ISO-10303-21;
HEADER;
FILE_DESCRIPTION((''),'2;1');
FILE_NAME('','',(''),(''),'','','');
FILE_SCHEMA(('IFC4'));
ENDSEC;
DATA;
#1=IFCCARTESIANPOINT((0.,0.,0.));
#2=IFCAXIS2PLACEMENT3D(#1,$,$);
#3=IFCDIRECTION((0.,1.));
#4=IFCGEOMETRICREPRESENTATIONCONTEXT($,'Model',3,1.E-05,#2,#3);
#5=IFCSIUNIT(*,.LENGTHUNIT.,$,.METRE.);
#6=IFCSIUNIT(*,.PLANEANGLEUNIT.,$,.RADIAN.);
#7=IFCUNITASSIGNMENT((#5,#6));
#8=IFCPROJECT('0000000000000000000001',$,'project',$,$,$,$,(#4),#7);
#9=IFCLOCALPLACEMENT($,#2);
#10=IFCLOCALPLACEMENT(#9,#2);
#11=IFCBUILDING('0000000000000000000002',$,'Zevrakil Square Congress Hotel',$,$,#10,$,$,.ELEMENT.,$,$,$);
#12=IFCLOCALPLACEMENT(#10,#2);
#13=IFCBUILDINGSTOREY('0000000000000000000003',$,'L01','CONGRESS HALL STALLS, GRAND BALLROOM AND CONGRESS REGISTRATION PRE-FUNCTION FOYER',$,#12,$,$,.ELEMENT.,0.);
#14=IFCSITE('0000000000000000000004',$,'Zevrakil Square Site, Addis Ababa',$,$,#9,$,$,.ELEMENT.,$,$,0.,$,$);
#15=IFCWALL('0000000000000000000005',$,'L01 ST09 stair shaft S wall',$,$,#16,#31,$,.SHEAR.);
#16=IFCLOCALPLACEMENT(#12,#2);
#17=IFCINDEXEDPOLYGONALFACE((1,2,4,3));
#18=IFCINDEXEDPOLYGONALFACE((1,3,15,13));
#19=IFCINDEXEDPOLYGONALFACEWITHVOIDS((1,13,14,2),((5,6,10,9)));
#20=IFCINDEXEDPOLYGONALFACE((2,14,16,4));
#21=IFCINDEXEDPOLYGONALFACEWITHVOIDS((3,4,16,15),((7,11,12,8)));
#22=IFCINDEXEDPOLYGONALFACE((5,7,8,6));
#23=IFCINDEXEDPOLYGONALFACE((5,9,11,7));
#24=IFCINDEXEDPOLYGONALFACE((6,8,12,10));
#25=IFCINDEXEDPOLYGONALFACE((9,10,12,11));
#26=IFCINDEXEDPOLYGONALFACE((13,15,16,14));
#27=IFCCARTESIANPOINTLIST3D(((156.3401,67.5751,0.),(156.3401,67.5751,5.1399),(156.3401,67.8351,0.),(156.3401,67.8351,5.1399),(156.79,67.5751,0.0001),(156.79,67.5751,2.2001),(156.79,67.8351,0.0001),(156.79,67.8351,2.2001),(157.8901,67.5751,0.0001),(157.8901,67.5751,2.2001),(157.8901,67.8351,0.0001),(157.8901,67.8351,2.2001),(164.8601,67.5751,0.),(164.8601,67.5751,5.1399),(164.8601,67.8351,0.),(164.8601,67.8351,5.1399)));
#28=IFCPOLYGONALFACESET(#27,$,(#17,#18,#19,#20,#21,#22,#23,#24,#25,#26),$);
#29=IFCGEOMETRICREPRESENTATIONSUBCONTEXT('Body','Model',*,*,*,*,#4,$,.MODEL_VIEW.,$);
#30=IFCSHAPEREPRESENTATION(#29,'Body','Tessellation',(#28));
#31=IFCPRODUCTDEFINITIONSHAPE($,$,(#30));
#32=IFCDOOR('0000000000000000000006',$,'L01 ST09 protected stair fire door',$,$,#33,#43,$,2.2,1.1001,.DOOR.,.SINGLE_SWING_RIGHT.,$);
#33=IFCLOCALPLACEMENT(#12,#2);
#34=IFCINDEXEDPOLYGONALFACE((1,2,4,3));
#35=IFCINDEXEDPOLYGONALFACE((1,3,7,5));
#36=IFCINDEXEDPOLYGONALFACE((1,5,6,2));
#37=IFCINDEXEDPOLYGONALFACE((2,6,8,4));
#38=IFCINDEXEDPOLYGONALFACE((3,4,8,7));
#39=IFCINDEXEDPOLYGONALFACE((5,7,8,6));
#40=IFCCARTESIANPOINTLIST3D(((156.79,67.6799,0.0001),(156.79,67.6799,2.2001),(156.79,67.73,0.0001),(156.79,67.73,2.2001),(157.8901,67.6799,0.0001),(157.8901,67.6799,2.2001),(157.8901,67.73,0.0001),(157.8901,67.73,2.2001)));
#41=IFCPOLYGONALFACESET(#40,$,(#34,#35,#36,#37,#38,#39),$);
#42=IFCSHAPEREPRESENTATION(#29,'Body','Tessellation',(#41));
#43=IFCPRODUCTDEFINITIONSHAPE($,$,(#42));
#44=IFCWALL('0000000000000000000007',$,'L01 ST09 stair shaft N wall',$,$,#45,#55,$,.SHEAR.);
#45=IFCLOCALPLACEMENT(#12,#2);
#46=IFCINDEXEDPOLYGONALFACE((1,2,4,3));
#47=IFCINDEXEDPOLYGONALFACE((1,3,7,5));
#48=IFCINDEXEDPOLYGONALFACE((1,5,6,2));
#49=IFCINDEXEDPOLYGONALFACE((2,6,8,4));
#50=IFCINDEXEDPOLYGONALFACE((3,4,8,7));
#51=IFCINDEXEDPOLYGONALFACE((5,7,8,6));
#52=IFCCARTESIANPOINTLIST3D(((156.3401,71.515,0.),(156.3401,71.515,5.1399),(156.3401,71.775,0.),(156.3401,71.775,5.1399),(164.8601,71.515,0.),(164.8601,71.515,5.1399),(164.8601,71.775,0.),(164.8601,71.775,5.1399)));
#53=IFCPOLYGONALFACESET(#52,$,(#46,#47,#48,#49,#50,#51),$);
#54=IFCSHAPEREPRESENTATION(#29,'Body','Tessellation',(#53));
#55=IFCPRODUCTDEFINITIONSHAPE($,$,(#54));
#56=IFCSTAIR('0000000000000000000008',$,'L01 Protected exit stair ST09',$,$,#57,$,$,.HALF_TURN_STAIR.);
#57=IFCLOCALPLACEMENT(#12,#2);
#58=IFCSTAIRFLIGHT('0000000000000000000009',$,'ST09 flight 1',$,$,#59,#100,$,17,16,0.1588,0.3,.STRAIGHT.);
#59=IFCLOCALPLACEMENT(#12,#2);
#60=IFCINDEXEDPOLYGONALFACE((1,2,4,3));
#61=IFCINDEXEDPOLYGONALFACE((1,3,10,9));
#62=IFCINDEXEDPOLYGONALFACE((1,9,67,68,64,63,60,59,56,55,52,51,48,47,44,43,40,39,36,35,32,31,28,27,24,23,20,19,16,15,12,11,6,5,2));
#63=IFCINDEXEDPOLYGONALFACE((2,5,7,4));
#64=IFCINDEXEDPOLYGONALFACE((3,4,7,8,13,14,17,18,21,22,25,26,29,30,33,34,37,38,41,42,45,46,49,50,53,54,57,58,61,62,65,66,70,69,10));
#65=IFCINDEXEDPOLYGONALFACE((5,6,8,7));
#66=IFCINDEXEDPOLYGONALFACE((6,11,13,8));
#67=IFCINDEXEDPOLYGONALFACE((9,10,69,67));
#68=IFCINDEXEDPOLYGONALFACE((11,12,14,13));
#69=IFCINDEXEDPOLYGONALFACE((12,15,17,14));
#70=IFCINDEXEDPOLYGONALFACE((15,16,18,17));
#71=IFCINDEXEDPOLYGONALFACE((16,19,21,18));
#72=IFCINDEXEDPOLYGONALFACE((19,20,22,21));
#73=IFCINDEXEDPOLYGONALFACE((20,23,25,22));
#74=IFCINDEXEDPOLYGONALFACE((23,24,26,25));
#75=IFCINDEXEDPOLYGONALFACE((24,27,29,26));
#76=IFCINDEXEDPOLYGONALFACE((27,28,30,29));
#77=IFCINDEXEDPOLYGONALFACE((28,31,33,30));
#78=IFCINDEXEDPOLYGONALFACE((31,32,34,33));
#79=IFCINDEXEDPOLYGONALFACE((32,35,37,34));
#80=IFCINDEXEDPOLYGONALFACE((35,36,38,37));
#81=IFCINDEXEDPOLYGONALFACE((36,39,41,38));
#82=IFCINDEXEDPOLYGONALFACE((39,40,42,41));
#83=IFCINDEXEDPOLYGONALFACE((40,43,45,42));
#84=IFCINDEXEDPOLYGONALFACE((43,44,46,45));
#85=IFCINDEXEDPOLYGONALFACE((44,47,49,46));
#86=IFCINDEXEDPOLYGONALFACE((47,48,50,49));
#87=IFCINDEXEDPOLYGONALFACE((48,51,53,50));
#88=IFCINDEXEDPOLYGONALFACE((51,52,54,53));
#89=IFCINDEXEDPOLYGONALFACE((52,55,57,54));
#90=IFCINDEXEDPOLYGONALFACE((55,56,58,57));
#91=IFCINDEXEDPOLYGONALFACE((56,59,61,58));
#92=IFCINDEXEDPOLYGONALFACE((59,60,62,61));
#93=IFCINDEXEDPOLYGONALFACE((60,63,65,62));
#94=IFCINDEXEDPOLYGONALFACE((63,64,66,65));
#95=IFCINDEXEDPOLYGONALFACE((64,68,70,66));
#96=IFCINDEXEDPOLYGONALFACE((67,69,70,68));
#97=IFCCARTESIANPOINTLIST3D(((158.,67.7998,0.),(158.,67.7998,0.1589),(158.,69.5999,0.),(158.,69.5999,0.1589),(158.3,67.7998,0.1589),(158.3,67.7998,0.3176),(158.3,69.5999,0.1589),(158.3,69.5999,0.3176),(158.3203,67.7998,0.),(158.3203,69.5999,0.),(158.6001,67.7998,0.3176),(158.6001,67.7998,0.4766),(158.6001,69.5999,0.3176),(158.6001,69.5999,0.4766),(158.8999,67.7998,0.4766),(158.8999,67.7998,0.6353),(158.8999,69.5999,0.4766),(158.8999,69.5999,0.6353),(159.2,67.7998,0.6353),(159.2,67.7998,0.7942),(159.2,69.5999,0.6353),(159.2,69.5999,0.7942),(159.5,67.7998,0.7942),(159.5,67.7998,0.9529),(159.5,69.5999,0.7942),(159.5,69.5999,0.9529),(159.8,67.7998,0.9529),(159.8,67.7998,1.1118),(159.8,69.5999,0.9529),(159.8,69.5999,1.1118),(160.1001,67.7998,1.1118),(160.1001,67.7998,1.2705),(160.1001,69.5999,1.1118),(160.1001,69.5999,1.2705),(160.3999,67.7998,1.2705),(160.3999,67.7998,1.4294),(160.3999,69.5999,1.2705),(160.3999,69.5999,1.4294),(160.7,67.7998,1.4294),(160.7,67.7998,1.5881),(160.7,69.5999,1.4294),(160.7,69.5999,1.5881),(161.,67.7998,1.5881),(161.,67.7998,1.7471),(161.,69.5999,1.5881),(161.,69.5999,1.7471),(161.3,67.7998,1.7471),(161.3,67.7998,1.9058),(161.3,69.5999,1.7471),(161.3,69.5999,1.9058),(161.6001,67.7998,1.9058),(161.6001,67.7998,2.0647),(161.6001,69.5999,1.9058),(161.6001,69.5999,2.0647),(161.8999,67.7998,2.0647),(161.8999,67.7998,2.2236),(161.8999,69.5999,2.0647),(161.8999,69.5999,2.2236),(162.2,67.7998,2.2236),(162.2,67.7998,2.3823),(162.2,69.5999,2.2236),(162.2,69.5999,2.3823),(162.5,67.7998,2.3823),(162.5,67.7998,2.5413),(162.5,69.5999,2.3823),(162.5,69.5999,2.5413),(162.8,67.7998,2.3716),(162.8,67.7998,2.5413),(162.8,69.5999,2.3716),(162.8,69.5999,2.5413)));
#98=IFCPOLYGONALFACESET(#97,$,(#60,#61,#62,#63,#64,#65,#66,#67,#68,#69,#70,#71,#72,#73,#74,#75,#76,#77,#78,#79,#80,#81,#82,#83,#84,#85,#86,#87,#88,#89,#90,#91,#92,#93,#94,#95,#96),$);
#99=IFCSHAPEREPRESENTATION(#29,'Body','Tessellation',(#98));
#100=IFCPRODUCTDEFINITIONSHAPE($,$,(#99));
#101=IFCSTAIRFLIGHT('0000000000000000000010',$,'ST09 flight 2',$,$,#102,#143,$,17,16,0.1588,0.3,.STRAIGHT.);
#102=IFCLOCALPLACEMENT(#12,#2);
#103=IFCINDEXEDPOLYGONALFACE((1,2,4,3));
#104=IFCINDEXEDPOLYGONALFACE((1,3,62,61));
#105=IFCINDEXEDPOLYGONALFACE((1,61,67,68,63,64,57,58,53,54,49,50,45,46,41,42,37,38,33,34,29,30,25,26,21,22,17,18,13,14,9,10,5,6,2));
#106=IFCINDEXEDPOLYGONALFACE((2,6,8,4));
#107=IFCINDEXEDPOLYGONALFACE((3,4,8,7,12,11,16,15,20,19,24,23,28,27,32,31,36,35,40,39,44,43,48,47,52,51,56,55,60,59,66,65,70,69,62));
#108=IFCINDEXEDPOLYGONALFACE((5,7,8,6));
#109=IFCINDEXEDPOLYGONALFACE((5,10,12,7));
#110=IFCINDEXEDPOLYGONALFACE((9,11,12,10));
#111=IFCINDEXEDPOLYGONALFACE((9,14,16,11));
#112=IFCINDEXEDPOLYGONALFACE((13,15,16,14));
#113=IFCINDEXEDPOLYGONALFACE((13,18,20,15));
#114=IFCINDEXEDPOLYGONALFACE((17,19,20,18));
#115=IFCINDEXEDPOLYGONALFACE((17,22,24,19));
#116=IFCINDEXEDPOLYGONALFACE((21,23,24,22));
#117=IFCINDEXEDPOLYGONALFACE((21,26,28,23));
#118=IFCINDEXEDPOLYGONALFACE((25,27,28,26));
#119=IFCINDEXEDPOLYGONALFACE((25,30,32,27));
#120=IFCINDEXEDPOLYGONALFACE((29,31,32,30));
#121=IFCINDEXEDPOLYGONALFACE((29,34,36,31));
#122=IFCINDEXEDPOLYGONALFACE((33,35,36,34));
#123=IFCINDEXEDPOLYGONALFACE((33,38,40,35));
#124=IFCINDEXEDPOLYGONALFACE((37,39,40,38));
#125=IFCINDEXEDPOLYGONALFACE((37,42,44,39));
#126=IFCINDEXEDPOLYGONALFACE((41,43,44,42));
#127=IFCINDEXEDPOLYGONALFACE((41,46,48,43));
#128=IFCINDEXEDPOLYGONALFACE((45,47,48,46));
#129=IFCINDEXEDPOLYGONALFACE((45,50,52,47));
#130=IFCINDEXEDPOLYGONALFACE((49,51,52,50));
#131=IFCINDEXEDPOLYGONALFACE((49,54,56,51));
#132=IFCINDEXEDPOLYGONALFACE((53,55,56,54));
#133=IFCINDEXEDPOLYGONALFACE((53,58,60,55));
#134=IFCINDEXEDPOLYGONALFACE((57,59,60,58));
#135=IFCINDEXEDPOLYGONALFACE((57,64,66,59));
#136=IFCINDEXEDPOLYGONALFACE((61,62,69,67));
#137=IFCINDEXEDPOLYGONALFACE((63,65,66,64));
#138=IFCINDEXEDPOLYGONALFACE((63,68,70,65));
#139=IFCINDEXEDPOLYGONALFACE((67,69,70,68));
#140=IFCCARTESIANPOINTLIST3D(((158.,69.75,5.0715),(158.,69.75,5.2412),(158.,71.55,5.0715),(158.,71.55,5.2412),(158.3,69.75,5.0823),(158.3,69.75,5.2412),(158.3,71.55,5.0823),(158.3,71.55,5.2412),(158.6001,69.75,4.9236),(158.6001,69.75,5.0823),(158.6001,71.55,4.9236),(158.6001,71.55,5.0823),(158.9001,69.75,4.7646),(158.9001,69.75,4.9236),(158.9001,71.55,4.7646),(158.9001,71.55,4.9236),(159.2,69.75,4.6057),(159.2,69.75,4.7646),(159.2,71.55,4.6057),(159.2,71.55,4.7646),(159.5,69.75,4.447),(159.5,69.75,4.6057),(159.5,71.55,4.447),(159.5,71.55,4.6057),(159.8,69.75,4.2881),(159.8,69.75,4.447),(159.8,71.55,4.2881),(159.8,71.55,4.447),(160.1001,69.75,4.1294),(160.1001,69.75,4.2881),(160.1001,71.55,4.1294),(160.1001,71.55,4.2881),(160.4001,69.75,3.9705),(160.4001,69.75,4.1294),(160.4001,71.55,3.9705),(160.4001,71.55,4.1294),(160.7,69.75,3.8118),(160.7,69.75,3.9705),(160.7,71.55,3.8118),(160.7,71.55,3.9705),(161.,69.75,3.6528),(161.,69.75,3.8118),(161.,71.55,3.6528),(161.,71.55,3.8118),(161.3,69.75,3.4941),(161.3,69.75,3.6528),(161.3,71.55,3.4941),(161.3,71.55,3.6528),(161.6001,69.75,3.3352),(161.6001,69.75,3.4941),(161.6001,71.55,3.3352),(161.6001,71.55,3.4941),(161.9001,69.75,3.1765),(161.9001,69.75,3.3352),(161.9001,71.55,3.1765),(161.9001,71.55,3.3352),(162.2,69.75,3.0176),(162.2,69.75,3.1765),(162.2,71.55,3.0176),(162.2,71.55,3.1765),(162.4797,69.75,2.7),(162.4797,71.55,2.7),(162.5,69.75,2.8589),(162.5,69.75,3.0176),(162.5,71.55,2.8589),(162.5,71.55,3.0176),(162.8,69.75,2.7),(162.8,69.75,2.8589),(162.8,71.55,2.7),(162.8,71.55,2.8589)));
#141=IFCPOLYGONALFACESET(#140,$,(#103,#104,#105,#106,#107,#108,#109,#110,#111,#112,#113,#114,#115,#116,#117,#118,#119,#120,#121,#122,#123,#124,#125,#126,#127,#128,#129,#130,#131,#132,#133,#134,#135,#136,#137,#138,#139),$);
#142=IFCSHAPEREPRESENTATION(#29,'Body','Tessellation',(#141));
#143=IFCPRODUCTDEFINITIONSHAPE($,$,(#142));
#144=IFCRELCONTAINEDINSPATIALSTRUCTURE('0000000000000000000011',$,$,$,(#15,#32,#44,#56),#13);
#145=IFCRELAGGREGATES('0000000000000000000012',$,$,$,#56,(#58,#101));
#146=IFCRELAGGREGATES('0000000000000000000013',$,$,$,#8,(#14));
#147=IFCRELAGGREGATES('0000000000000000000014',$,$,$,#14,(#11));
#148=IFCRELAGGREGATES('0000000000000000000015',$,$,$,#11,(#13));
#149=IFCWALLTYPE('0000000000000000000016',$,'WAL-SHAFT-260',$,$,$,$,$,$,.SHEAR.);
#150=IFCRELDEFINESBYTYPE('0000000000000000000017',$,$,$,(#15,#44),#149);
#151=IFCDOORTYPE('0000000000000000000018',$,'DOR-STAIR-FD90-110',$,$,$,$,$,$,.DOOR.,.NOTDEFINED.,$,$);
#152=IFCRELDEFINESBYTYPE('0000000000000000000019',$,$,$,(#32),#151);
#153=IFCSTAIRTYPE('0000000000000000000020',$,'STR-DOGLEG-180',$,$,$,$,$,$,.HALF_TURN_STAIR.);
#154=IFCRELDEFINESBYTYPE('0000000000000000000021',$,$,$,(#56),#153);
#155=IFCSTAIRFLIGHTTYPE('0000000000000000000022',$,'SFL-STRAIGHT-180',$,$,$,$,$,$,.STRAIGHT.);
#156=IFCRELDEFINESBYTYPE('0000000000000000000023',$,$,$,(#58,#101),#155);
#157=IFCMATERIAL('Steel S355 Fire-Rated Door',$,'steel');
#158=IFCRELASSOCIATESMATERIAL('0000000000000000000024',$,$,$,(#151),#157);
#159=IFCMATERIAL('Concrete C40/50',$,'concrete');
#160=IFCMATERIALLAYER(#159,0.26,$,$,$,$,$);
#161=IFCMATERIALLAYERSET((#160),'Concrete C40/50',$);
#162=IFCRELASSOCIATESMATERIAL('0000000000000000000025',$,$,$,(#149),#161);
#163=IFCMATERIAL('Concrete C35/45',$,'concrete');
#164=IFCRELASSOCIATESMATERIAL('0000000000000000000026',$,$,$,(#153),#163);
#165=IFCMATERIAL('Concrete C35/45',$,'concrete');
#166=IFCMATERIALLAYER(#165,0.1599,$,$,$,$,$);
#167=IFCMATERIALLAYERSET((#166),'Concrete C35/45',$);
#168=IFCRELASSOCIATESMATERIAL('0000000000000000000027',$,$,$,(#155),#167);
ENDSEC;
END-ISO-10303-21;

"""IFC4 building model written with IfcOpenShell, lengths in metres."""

from ifc_helpers import new_model, si_unit, direction, frame, frame_2d, origin, place, context, subcontext, project, spatial, polyline, rectangle, outline, extrude, material, layer, layer_set, type_object, element, fill, aggregate, save


model = new_model("IFC4")

# Units and contexts
model_context = context("Model", 3, precision=1e-05, world=origin(), true_north=direction((0.0, 1.0)))
body_context = subcontext(model_context, "Body", "Model", "MODEL_VIEW")
ifc_project = project(units=[si_unit("LENGTHUNIT", "METRE"), si_unit("PLANEANGLEUNIT", "RADIAN")], contexts=[model_context])

# Site, building, storey
site_placement = place(None, origin())
site = spatial("IfcSite", under=ifc_project, at=site_placement, Name="Zevrakil Square Site, Addis Ababa", CompositionType="ELEMENT", RefElevation=0.0)
building_placement = place(site_placement, origin())
building = spatial("IfcBuilding", under=site, at=building_placement, Name="Zevrakil Square Congress Hotel", CompositionType="ELEMENT")
storey_placement = place(building_placement, origin())
storey = spatial("IfcBuildingStorey", under=building, at=storey_placement, Name="L01", Description="CONGRESS HALL STALLS, GRAND BALLROOM AND CONGRESS REGISTRATION PRE-FUNCTION FOYER", CompositionType="ELEMENT", Elevation=0.0)

# Shared definitions
ifc_material_1 = material(Name="Steel S355 Fire-Rated Door", Category="steel")
door_type_1 = type_object("IfcDoorType", Name="DOR-STAIR-FD90-110", OperationType="NOTDEFINED", PredefinedType="DOOR", material=ifc_material_1)

# Shared definitions
ifc_material_2 = material(Name="Concrete C40/50", Category="concrete")
ifc_layer_1 = layer(ifc_material_2, 0.26)
ifc_layer_set_1 = layer_set([ifc_layer_1], Name="Concrete C40/50")
wall_type_1 = type_object("IfcWallType", Name="WAL-SHAFT-260", PredefinedType="SHEAR", material=ifc_layer_set_1)

# Wall, opening, door
wall_1_placement = place(storey_placement, frame((156.3401, 67.7051, 0.0), z_axis=(0.0, 0.0, 1.0), x_axis=(1.0, 0.0, 0.0)))
wall_1 = element("IfcWall", 1, at=wall_1_placement, inside=storey, type_object=wall_type_1, Name="L01 ST09 stair shaft S wall", PredefinedType="SHEAR", context=body_context, shape_type="SweptSolid", body=[
    extrude(rectangle(XDim=8.52, YDim=0.26, at=frame_2d((4.26, 0.0))), origin(), (0.0, 0.0, 1.0), 5.1399),
])
opening_1_placement = place(wall_1_placement, frame((0.45, 0.0, 0.0)))
opening_1 = element("IfcOpeningElement", 2, at=opening_1_placement, cuts=wall_1, PredefinedType="OPENING", context=body_context, shape_type="SweptSolid", body=[
    extrude(rectangle(XDim=1.1001, YDim=2.2, at=frame_2d((0.55, 1.1001))), frame((0.0, 0.1401, 0.0), z_axis=(0.0, -1.0, 0.0), x_axis=(1.0, 0.0, 0.0)), (0.0, 0.0, 1.0), 0.28),
])
door_1_placement = place(opening_1_placement, origin())
door_1 = element("IfcDoor", 3, at=door_1_placement, inside=storey, type_object=door_type_1, Name="L01 ST09 protected stair fire door", OperationType="SINGLE_SWING_RIGHT", OverallHeight=2.2, OverallWidth=1.1001, PredefinedType="DOOR", context=body_context, shape_type="SweptSolid", body=[
    extrude(rectangle(XDim=1.1001, YDim=2.2, at=frame_2d((0.55, 1.1001))), frame((0.0, 0.0249, 0.0), z_axis=(0.0, -1.0, 0.0), x_axis=(1.0, 0.0, 0.0)), (0.0, 0.0, 1.0), 0.05),
])
fill(opening_1, door_1)

# Wall
wall_2_placement = place(storey_placement, frame((156.3401, 71.645, 0.0), z_axis=(0.0, 0.0, 1.0), x_axis=(1.0, 0.0, 0.0)))
element("IfcWall", 4, at=wall_2_placement, inside=storey, type_object=wall_type_1, Name="L01 ST09 stair shaft N wall", PredefinedType="SHEAR", context=body_context, shape_type="SweptSolid", body=[
    extrude(rectangle(XDim=8.52, YDim=0.26, at=frame_2d((4.26, 0.0))), origin(), (0.0, 0.0, 1.0), 5.1399),
])

# Stair, stair flights
ifc_material_3 = material(Name="Concrete C35/45", Category="concrete")
stair_type = type_object("IfcStairType", Name="STR-DOGLEG-180", PredefinedType="HALF_TURN_STAIR", material=ifc_material_3)
stair_placement = place(storey_placement, origin())
stair = element("IfcStair", 5, at=stair_placement, inside=storey, type_object=stair_type, Name="L01 Protected exit stair ST09", PredefinedType="HALF_TURN_STAIR")
ifc_material_4 = material(Name="Concrete C35/45", Category="concrete")
ifc_layer_2 = layer(ifc_material_4, 0.1599)
ifc_layer_set_2 = layer_set([ifc_layer_2], Name="Concrete C35/45")
stair_flight_type = type_object("IfcStairFlightType", Name="SFL-STRAIGHT-180", PredefinedType="STRAIGHT", material=ifc_layer_set_2)
stair_flight_1_placement = place(storey_placement, frame((158.0, 68.7, 0.0), z_axis=(0.0, 0.0, 1.0), x_axis=(1.0, 0.0, 0.0)))
stair_flight_1 = element("IfcStairFlight", 6, at=stair_flight_1_placement, type_object=stair_flight_type, Name="ST09 flight 1", NumberOfRisers=17, NumberOfTreads=16, PredefinedType="STRAIGHT", RiserHeight=0.1588, TreadLength=0.3, context=body_context, shape_type="SweptSolid", body=[
    extrude(outline(polyline([(0.0, 0.0), (0.0, 0.1589), (0.3, 0.1589), (0.3, 0.3176), (0.6001, 0.3176), (0.6001, 0.4766), (0.8999, 0.4766), (0.8999, 0.6353), (1.2, 0.6353), (1.2, 0.7942), (1.5, 0.7942), (1.5, 0.9529), (1.8, 0.9529), (1.8, 1.1118), (2.1001, 1.1118), (2.1001, 1.2705), (2.3999, 1.2705), (2.3999, 1.4294), (2.7, 1.4294), (2.7, 1.5881), (3.0, 1.5881), (3.0, 1.7471), (3.3, 1.7471), (3.3, 1.9058), (3.6001, 1.9058), (3.6001, 2.0647), (3.8999, 2.0647), (3.8999, 2.2236), (4.2, 2.2236), (4.2, 2.3823), (4.5, 2.3823), (4.5, 2.5413), (4.8, 2.5413), (4.8, 2.7), (4.8, 2.3716), (0.3203, 0.0), (0.0, 0.0)])), frame((0.0, 0.8999, 0.0), z_axis=(0.0, -1.0, 0.0), x_axis=(1.0, 0.0, 0.0)), (0.0, 0.0, 1.0), 1.8),
])
stair_flight_2_placement = place(storey_placement, frame((162.8, 70.6499, 2.7), z_axis=(0.0, 0.0, 1.0), x_axis=(-1.0, 0.0, 0.0)))
stair_flight_2 = element("IfcStairFlight", 7, at=stair_flight_2_placement, type_object=stair_flight_type, Name="ST09 flight 2", NumberOfRisers=17, NumberOfTreads=16, PredefinedType="STRAIGHT", RiserHeight=0.1588, TreadLength=0.3, context=body_context, shape_type="SweptSolid", body=[
    extrude(outline(polyline([(0.0, 0.0), (0.0, 0.1589), (0.3, 0.1589), (0.3, 0.3176), (0.6001, 0.3176), (0.6001, 0.4766), (0.8999, 0.4766), (0.8999, 0.6353), (1.2, 0.6353), (1.2, 0.7942), (1.5, 0.7942), (1.5, 0.9529), (1.8, 0.9529), (1.8, 1.1118), (2.1001, 1.1118), (2.1001, 1.2705), (2.3999, 1.2705), (2.3999, 1.4294), (2.7, 1.4294), (2.7, 1.5881), (3.0, 1.5881), (3.0, 1.7471), (3.3, 1.7471), (3.3, 1.9058), (3.6001, 1.9058), (3.6001, 2.0647), (3.8999, 2.0647), (3.8999, 2.2236), (4.2, 2.2236), (4.2, 2.3823), (4.5, 2.3823), (4.5, 2.5413), (4.8, 2.5413), (4.8, 2.7), (4.8, 2.3716), (0.3203, 0.0), (0.0, 0.0)])), frame((0.0, 0.8999, 0.0), z_axis=(0.0, -1.0, 0.0), x_axis=(1.0, 0.0, 0.0)), (0.0, 0.0, 1.0), 1.8),
])
aggregate(stair, [stair_flight_1, stair_flight_2])

save(model, "model.ifc")
